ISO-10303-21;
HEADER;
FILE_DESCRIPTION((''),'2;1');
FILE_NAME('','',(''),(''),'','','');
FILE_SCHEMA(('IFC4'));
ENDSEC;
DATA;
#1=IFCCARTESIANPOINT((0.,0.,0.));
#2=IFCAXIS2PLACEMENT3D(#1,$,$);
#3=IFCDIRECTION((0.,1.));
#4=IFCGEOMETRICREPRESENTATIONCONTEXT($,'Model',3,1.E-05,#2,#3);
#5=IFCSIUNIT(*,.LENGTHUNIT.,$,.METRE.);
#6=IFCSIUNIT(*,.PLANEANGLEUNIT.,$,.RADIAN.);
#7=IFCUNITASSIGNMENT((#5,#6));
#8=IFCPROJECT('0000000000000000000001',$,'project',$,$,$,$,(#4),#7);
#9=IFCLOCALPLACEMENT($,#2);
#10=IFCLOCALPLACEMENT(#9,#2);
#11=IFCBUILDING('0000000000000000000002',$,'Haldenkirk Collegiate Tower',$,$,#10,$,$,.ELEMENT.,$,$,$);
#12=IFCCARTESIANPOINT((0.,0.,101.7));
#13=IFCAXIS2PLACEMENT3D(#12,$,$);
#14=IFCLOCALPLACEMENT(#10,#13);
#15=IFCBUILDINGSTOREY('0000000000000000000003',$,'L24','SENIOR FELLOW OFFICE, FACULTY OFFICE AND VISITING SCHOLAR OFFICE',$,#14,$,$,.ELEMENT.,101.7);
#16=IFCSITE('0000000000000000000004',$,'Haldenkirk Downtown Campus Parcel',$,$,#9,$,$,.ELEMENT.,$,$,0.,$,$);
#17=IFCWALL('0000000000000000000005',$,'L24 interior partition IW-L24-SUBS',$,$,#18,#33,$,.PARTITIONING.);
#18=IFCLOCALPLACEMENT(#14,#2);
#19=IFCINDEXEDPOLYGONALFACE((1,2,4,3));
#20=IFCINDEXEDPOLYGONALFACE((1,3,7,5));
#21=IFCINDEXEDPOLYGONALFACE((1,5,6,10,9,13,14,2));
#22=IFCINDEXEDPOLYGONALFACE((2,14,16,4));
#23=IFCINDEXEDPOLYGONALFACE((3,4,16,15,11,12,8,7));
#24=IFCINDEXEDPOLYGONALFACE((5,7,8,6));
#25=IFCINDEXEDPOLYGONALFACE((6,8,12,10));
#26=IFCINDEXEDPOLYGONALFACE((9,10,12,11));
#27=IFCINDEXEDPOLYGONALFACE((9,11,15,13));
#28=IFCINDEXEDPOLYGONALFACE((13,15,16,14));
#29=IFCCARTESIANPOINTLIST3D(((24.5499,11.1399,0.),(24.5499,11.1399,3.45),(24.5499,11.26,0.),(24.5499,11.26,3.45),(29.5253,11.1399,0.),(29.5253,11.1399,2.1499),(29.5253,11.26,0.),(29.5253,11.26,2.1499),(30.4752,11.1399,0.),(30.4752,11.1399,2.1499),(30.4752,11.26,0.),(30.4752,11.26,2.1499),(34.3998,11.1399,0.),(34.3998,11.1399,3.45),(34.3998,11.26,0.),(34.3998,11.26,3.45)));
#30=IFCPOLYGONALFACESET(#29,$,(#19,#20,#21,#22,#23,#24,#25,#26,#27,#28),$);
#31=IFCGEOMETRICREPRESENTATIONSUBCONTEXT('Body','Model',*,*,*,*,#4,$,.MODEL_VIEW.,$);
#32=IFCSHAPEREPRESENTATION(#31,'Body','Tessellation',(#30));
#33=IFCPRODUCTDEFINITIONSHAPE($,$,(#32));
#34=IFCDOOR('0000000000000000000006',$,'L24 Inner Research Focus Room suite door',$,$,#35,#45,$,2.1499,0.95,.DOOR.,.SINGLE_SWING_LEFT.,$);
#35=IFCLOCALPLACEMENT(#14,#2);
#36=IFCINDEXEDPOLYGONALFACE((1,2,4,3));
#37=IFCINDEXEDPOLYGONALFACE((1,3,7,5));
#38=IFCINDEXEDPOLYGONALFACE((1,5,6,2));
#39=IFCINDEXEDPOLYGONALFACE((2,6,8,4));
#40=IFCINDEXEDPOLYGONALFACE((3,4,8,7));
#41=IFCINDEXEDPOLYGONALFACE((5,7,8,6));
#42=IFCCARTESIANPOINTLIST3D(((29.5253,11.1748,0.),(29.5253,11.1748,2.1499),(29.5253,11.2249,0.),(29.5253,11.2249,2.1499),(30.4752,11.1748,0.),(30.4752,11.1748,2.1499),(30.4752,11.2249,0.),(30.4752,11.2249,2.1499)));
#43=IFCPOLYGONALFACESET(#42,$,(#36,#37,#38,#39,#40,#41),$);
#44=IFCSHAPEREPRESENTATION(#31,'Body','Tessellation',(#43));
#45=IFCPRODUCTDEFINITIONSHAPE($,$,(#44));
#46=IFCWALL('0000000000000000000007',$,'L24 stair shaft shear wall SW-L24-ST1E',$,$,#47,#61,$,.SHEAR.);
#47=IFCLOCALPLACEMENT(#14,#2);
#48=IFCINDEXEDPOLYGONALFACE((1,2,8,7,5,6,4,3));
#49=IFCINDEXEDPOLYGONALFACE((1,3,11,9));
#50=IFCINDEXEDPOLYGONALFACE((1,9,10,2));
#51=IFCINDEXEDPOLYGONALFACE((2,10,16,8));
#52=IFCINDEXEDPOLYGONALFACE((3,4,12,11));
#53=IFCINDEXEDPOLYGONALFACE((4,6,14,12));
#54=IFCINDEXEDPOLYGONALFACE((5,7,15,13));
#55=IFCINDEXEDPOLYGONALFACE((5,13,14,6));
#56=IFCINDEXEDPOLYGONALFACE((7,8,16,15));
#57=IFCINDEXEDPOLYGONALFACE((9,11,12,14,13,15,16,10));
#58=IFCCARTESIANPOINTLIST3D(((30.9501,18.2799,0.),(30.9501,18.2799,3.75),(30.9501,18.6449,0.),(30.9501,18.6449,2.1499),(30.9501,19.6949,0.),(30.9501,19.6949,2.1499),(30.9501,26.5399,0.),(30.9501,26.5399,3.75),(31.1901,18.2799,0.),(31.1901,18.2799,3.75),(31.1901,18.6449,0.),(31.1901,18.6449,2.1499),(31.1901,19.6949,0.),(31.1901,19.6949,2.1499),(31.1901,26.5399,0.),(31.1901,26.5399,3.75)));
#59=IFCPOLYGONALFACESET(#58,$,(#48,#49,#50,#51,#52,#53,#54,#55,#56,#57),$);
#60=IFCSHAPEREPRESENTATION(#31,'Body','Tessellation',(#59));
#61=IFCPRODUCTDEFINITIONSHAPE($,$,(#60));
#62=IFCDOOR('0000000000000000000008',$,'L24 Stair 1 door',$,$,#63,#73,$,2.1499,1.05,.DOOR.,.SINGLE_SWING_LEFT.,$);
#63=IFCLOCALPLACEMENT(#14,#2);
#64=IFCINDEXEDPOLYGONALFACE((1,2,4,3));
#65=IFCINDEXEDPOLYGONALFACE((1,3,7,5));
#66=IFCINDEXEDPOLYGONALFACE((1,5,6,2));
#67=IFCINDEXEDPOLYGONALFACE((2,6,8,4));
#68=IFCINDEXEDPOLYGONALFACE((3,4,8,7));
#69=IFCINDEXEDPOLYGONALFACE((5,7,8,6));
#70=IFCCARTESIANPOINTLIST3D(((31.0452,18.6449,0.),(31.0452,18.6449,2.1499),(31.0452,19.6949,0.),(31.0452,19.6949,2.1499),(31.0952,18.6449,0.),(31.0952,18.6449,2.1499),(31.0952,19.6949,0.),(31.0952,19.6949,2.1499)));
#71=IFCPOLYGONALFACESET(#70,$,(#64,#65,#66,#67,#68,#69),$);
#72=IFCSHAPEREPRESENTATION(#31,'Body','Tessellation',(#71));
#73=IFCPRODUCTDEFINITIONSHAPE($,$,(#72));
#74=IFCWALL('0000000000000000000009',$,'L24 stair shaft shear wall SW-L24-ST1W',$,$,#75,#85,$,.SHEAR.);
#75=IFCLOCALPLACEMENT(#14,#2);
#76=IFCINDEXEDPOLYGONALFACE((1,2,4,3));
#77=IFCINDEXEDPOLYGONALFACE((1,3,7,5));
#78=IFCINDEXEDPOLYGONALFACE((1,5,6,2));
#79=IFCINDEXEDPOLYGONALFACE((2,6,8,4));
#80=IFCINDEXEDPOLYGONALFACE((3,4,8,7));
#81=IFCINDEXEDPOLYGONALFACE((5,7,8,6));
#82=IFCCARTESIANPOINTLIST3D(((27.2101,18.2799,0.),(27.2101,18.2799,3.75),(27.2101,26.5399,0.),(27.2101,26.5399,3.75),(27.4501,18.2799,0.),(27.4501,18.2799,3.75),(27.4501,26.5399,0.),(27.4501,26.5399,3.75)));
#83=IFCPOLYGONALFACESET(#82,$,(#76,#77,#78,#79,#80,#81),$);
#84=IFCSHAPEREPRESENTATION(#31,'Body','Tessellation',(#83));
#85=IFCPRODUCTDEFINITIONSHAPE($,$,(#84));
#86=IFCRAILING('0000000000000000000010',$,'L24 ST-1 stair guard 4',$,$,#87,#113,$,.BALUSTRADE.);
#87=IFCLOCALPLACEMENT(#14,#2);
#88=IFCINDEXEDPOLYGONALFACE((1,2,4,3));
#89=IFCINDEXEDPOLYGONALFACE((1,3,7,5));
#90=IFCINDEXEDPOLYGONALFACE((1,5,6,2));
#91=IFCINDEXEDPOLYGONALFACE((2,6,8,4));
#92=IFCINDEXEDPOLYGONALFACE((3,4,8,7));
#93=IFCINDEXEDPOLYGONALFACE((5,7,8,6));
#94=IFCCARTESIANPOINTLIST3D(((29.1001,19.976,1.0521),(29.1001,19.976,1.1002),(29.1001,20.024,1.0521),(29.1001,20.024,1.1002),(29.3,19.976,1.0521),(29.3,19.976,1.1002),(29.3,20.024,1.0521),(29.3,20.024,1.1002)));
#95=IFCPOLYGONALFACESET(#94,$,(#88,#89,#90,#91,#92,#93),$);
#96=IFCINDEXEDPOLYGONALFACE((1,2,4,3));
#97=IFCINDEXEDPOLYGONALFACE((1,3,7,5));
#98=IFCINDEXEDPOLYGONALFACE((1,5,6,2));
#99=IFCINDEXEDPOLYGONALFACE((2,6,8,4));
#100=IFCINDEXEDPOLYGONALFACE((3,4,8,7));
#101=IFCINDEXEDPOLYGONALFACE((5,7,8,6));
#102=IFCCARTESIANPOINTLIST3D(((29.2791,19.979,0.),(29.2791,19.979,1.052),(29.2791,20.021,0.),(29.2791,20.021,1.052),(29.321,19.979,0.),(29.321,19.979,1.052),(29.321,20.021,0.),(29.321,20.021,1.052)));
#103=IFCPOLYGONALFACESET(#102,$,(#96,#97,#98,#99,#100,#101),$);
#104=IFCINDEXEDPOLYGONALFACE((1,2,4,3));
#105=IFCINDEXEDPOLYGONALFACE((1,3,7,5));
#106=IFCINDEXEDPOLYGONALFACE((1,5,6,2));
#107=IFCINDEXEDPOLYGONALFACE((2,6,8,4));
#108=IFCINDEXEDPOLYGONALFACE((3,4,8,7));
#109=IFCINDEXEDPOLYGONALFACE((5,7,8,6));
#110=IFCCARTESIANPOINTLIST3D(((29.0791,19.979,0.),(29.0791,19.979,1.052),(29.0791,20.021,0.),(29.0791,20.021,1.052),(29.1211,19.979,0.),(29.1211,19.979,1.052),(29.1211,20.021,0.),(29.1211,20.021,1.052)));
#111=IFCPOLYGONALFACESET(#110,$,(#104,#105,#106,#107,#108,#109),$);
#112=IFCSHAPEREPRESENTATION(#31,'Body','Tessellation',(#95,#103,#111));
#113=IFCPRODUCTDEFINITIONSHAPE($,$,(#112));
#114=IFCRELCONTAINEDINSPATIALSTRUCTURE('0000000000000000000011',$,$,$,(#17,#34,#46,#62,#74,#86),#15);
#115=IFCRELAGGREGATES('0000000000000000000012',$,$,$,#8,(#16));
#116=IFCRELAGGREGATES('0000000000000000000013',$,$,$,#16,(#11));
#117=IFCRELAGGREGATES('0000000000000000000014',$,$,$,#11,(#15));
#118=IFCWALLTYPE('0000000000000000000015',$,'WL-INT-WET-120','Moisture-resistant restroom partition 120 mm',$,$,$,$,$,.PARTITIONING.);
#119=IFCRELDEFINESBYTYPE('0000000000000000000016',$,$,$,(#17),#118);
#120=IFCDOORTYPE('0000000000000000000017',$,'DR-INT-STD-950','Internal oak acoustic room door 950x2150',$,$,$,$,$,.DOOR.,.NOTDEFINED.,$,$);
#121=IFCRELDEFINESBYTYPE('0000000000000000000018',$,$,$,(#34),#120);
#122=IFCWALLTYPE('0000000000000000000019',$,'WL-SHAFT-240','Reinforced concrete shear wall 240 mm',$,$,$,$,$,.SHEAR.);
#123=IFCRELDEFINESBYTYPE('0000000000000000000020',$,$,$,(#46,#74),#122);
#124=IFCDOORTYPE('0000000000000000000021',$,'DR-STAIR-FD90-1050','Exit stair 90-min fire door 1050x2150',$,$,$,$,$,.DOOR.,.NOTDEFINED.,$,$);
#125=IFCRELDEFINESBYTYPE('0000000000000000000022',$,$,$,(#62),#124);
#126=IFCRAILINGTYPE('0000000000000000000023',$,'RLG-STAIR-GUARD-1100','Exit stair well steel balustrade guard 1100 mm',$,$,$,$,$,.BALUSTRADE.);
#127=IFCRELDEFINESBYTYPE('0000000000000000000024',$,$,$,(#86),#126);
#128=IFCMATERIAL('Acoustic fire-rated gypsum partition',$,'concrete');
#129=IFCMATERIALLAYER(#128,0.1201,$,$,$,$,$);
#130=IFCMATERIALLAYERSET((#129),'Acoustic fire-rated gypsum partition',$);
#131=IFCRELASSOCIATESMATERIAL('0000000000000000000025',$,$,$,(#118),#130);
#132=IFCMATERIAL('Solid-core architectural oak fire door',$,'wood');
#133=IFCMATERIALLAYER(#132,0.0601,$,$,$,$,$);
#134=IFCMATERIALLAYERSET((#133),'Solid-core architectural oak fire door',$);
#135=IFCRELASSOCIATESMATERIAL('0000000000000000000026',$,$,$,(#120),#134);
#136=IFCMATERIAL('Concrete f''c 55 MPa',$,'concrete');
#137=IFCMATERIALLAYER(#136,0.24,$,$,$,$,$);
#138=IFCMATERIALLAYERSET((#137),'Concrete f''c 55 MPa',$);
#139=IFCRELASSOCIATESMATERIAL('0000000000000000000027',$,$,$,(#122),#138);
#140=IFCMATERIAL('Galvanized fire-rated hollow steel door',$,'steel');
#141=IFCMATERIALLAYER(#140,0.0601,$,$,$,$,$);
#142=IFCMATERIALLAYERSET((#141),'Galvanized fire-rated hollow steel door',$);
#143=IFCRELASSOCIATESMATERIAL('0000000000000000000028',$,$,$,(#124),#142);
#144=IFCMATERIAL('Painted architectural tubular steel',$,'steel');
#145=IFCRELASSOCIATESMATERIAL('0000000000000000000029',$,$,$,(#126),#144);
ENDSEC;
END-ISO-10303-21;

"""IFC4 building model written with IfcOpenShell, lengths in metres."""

from ifc_helpers import new_model, si_unit, direction, frame, frame_2d, origin, origin_2d, place, context, subcontext, project, spatial, rectangle, extrude, material, layer, layer_set, type_object, element, fill, save


model = new_model("IFC4")

# Units and contexts
model_context = context("Model", 3, precision=1e-05, world=origin(), true_north=direction((0.0, 1.0)))
body_context = subcontext(model_context, "Body", "Model", "MODEL_VIEW")
ifc_project = project(units=[si_unit("LENGTHUNIT", "METRE"), si_unit("PLANEANGLEUNIT", "RADIAN")], contexts=[model_context])

# Site, building, storey
site_placement = place(None, origin())
site = spatial("IfcSite", under=ifc_project, at=site_placement, Name="Haldenkirk Downtown Campus Parcel", CompositionType="ELEMENT", RefElevation=0.0)
building_placement = place(site_placement, origin())
building = spatial("IfcBuilding", under=site, at=building_placement, Name="Haldenkirk Collegiate Tower", CompositionType="ELEMENT")
storey_placement = place(building_placement, frame((0.0, 0.0, 101.7)))
storey = spatial("IfcBuildingStorey", under=building, at=storey_placement, Name="L24", Description="SENIOR FELLOW OFFICE, FACULTY OFFICE AND VISITING SCHOLAR OFFICE", CompositionType="ELEMENT", Elevation=101.7)

# Shared definitions
ifc_material_1 = material(Name="Galvanized fire-rated hollow steel door", Category="steel")

# Shared definitions
ifc_material_2 = material(Name="Acoustic fire-rated gypsum partition", Category="concrete")
ifc_material_3 = material(Name="Solid-core architectural oak fire door", Category="wood")

# Shared definitions
ifc_layer_1 = layer(ifc_material_2, 0.1201)
ifc_layer_set_1 = layer_set([ifc_layer_1], Name="Acoustic fire-rated gypsum partition")
wall_type_1 = type_object("IfcWallType", Name="WL-INT-WET-120", Description="Moisture-resistant restroom partition 120 mm", PredefinedType="PARTITIONING", material=ifc_layer_set_1)

# Walls, openings, doors
wall_1_placement = place(storey_placement, frame((24.55, 11.2, 0.0), z_axis=(0.0, 0.0, 1.0), x_axis=(1.0, 0.0, 0.0)))
wall_1 = element("IfcWall", 1, at=wall_1_placement, inside=storey, type_object=wall_type_1, Name="L24 interior partition IW-L24-SUBS", PredefinedType="PARTITIONING", context=body_context, shape_type="SweptSolid", body=[
    extrude(rectangle(XDim=9.8499, YDim=0.1201, at=frame_2d((4.9248, 0.0))), origin(), (0.0, 0.0, 1.0), 3.45),
])
opening_1_placement = place(wall_1_placement, frame((4.9751, 0.0, 0.0)))
opening_1 = element("IfcOpeningElement", 2, at=opening_1_placement, cuts=wall_1, PredefinedType="OPENING", context=body_context, shape_type="SweptSolid", body=[
    extrude(rectangle(XDim=0.95, YDim=2.1499, at=frame_2d((0.4751, 1.075))), frame((0.0, 0.0701, 0.0), z_axis=(0.0, -1.0, 0.0), x_axis=(1.0, 0.0, 0.0)), (0.0, 0.0, 1.0), 0.1401),
])
ifc_layer_2 = layer(ifc_material_3, 0.0601)
ifc_layer_set_2 = layer_set([ifc_layer_2], Name="Solid-core architectural oak fire door")
door_type_1 = type_object("IfcDoorType", Name="DR-INT-STD-950", Description="Internal oak acoustic room door 950x2150", OperationType="NOTDEFINED", PredefinedType="DOOR", material=ifc_layer_set_2)
door_1_placement = place(opening_1_placement, origin())
door_1 = element("IfcDoor", 3, at=door_1_placement, inside=storey, type_object=door_type_1, Name="L24 Inner Research Focus Room suite door", OperationType="SINGLE_SWING_LEFT", OverallHeight=2.1499, OverallWidth=0.95, PredefinedType="DOOR", context=body_context, shape_type="SweptSolid", body=[
    extrude(rectangle(XDim=0.95, YDim=2.1499, at=frame_2d((0.4751, 1.075))), frame((0.0, 0.0249, 0.0), z_axis=(0.0, -1.0, 0.0), x_axis=(1.0, 0.0, 0.0)), (0.0, 0.0, 1.0), 0.05),
])
fill(opening_1, door_1)
ifc_material_4 = material(Name="Concrete f'c 55 MPa", Category="concrete")
ifc_layer_3 = layer(ifc_material_4, 0.24)
ifc_layer_set_3 = layer_set([ifc_layer_3], Name="Concrete f'c 55 MPa")
wall_type_2 = type_object("IfcWallType", Name="WL-SHAFT-240", Description="Reinforced concrete shear wall 240 mm", PredefinedType="SHEAR", material=ifc_layer_set_3)
wall_2_placement = place(storey_placement, frame((31.0701, 18.28, 0.0), z_axis=(0.0, 0.0, 1.0), x_axis=(0.0, 1.0, 0.0)))
wall_2 = element("IfcWall", 4, at=wall_2_placement, inside=storey, type_object=wall_type_2, Name="L24 stair shaft shear wall SW-L24-ST1E", PredefinedType="SHEAR", context=body_context, shape_type="SweptSolid", body=[
    extrude(rectangle(XDim=8.26, YDim=0.24, at=frame_2d((4.1299, 0.0))), origin(), (0.0, 0.0, 1.0), 3.75),
])
opening_2_placement = place(wall_2_placement, frame((0.365, 0.0, 0.0)))
opening_2 = element("IfcOpeningElement", 5, at=opening_2_placement, cuts=wall_2, PredefinedType="OPENING", context=body_context, shape_type="SweptSolid", body=[
    extrude(rectangle(XDim=1.05, YDim=2.1499, at=frame_2d((0.5249, 1.075))), frame((0.0, 0.1299, 0.0), z_axis=(0.0, -1.0, 0.0), x_axis=(1.0, 0.0, 0.0)), (0.0, 0.0, 1.0), 0.26),
])
ifc_layer_4 = layer(ifc_material_1, 0.0601)
ifc_layer_set_4 = layer_set([ifc_layer_4], Name="Galvanized fire-rated hollow steel door")
door_type_2 = type_object("IfcDoorType", Name="DR-STAIR-FD90-1050", Description="Exit stair 90-min fire door 1050x2150", OperationType="NOTDEFINED", PredefinedType="DOOR", material=ifc_layer_set_4)
door_2_placement = place(opening_2_placement, origin())
door_2 = element("IfcDoor", 6, at=door_2_placement, inside=storey, type_object=door_type_2, Name="L24 Stair 1 door", OperationType="SINGLE_SWING_LEFT", OverallHeight=2.1499, OverallWidth=1.05, PredefinedType="DOOR", context=body_context, shape_type="SweptSolid", body=[
    extrude(rectangle(XDim=1.05, YDim=2.1499, at=frame_2d((0.5249, 1.075))), frame((0.0, 0.0249, 0.0), z_axis=(0.0, -1.0, 0.0), x_axis=(1.0, 0.0, 0.0)), (0.0, 0.0, 1.0), 0.05),
])
fill(opening_2, door_2)

# Wall
wall_3_placement = place(storey_placement, frame((27.3301, 18.28, 0.0), z_axis=(0.0, 0.0, 1.0), x_axis=(0.0, 1.0, 0.0)))
element("IfcWall", 7, at=wall_3_placement, inside=storey, type_object=wall_type_2, Name="L24 stair shaft shear wall SW-L24-ST1W", PredefinedType="SHEAR", context=body_context, shape_type="SweptSolid", body=[
    extrude(rectangle(XDim=8.26, YDim=0.24, at=frame_2d((4.1299, 0.0))), origin(), (0.0, 0.0, 1.0), 3.75),
])

# Railing
ifc_material_5 = material(Name="Painted architectural tubular steel", Category="steel")
railing_type = type_object("IfcRailingType", Name="RLG-STAIR-GUARD-1100", Description="Exit stair well steel balustrade guard 1100 mm", PredefinedType="BALUSTRADE", material=ifc_material_5)
railing_placement = place(storey_placement, frame((29.3, 20.0, 0.0)))
element("IfcRailing", 8, at=railing_placement, inside=storey, type_object=railing_type, Name="L24 ST-1 stair guard 4", PredefinedType="BALUSTRADE", context=body_context, shape_type="SweptSolid", body=[
    extrude(rectangle(XDim=0.0481, YDim=0.0481, at=origin_2d()), frame((0.0, 0.0, 1.0762), z_axis=(-1.0, 0.0, 0.0), x_axis=(0.0, -1.0, 0.0)), (0.0, 0.0, 1.0), 0.2),
    extrude(rectangle(XDim=0.042, YDim=0.042, at=origin_2d()), origin(), (0.0, 0.0, 1.0), 1.052),
    extrude(rectangle(XDim=0.042, YDim=0.042, at=origin_2d()), frame((-0.2, 0.0, 0.0)), (0.0, 0.0, 1.0), 1.052),
])

save(model, "model.ifc")
